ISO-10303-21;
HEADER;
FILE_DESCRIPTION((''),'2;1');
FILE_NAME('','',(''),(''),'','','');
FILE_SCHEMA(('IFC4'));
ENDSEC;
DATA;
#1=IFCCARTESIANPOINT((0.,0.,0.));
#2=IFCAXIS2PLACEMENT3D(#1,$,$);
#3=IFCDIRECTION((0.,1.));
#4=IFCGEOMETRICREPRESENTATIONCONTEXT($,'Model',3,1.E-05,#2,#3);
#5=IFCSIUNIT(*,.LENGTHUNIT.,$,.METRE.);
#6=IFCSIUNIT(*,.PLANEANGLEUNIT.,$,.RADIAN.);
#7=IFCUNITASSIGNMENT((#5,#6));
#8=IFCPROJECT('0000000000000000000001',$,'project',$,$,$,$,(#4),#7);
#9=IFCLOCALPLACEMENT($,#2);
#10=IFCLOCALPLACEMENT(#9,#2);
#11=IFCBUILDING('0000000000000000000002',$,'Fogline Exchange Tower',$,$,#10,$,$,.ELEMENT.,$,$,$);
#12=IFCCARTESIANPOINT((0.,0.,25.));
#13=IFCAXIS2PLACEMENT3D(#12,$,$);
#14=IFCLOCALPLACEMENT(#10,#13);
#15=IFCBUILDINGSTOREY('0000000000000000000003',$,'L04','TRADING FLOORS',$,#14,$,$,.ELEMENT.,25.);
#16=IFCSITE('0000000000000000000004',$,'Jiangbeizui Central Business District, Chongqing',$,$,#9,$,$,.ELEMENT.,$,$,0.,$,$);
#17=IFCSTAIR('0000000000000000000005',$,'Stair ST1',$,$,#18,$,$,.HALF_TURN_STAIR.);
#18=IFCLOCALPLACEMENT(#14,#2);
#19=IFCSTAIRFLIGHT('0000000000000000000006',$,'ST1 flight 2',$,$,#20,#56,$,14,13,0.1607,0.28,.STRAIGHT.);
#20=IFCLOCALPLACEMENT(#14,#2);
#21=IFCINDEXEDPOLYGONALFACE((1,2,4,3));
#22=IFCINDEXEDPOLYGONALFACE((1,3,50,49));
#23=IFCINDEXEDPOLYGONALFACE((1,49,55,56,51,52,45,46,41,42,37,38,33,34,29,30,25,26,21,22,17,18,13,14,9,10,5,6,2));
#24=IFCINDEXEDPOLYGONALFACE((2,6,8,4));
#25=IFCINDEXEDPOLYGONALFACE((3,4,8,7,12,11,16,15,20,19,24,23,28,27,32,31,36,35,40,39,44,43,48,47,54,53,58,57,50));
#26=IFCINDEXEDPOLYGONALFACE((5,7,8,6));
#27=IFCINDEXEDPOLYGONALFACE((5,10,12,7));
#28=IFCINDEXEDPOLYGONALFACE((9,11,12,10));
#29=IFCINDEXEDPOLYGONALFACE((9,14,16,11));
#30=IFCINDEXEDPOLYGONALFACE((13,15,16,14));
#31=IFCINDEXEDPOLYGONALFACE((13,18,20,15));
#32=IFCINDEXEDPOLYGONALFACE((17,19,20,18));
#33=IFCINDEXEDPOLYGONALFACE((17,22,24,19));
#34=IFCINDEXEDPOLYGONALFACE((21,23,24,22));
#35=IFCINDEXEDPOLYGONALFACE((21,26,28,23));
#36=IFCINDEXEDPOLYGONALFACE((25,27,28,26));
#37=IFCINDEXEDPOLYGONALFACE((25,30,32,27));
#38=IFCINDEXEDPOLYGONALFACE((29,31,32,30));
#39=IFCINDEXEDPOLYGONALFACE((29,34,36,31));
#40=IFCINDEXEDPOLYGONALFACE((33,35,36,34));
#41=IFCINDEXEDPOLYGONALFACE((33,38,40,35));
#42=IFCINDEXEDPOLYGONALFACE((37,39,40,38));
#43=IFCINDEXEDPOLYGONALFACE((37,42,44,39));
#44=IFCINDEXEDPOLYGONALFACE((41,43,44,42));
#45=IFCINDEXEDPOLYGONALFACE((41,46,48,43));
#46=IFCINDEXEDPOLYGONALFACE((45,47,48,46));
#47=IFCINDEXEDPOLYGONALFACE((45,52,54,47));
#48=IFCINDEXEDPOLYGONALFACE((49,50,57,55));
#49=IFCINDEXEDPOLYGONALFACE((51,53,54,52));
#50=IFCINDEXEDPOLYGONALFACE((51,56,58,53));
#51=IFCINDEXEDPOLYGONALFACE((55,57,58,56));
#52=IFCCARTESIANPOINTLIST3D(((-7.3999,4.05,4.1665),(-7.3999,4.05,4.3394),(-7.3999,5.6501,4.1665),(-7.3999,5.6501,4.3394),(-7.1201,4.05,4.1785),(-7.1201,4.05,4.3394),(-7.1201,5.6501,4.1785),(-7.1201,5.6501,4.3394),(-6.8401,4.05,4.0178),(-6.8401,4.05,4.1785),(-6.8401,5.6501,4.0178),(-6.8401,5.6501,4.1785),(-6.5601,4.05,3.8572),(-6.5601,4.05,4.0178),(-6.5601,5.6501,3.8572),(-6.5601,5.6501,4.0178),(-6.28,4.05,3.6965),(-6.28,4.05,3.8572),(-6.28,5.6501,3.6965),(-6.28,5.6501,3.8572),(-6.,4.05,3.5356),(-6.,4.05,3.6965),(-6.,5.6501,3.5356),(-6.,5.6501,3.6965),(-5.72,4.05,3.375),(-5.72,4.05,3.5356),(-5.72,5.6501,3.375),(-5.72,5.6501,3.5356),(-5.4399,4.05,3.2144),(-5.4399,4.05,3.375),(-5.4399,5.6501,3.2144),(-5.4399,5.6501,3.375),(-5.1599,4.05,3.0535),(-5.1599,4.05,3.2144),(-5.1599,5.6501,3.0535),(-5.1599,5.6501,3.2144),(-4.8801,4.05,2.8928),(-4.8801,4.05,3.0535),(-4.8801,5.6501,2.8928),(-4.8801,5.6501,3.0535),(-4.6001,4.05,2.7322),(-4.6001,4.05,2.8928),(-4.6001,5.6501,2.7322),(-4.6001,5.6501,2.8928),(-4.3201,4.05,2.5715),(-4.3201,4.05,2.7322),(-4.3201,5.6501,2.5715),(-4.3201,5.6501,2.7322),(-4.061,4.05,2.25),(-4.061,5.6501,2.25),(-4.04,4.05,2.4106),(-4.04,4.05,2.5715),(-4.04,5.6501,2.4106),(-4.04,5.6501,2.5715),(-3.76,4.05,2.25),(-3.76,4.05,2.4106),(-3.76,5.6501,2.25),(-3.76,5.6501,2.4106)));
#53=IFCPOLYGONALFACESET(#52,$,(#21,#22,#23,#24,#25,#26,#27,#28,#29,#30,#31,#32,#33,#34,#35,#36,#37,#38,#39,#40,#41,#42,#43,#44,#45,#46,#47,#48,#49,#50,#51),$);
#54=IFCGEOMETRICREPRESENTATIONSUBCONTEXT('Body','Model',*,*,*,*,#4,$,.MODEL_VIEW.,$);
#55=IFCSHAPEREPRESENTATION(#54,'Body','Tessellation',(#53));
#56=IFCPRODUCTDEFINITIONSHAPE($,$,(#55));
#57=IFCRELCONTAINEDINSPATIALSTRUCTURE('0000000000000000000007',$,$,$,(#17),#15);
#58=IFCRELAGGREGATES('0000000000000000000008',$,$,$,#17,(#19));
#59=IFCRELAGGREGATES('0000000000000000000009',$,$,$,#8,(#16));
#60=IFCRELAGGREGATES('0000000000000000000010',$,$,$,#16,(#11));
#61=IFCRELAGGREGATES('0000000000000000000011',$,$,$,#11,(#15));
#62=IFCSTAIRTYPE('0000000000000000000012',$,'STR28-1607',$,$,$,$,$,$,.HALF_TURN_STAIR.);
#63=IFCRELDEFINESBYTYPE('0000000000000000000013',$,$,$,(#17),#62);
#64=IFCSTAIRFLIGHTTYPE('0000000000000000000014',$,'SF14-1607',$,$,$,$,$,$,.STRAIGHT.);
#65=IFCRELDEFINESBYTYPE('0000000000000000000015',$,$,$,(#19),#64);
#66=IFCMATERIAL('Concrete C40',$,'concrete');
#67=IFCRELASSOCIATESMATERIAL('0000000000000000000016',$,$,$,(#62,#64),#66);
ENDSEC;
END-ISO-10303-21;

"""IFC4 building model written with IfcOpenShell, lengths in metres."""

from ifc_helpers import new_model, si_unit, direction, frame, origin, place, context, subcontext, project, spatial, polyline, outline, extrude, material, type_object, element, aggregate, save


model = new_model("IFC4")

# Units and contexts
model_context = context("Model", 3, precision=1e-05, world=origin(), true_north=direction((0.0, 1.0)))
body_context = subcontext(model_context, "Body", "Model", "MODEL_VIEW")
ifc_project = project(units=[si_unit("LENGTHUNIT", "METRE"), si_unit("PLANEANGLEUNIT", "RADIAN")], contexts=[model_context])

# Site, building, storey
site_placement = place(None, origin())
site = spatial("IfcSite", under=ifc_project, at=site_placement, Name="Jiangbeizui Central Business District, Chongqing", CompositionType="ELEMENT", RefElevation=0.0)
building_placement = place(site_placement, origin())
building = spatial("IfcBuilding", under=site, at=building_placement, Name="Fogline Exchange Tower", CompositionType="ELEMENT")
storey_placement = place(building_placement, frame((0.0, 0.0, 25.0)))
storey = spatial("IfcBuildingStorey", under=building, at=storey_placement, Name="L04", Description="TRADING FLOORS", CompositionType="ELEMENT", Elevation=25.0)

# Shared definitions
ifc_material_1 = material(Name="Concrete C40", Category="concrete")

# Stair, stair flight
stair_type = type_object("IfcStairType", Name="STR28-1607", PredefinedType="HALF_TURN_STAIR", material=ifc_material_1)
stair_placement = place(storey_placement, origin())
stair = element("IfcStair", 1, at=stair_placement, inside=storey, type_object=stair_type, Name="Stair ST1", PredefinedType="HALF_TURN_STAIR")
stair_flight_type = type_object("IfcStairFlightType", Name="SF14-1607", PredefinedType="STRAIGHT", material=ifc_material_1)
stair_flight_1_placement = place(storey_placement, frame((-3.76, 4.8501, 2.25), z_axis=(0.0, 0.0, 1.0), x_axis=(-1.0, 0.0, 0.0)))
stair_flight_1 = element("IfcStairFlight", 2, at=stair_flight_1_placement, type_object=stair_flight_type, Name="ST1 flight 2", NumberOfRisers=14, NumberOfTreads=13, PredefinedType="STRAIGHT", RiserHeight=0.1607, TreadLength=0.28, context=body_context, shape_type="SweptSolid", body=[
    extrude(outline(polyline([(0.0, 0.0), (0.0, 0.1606), (0.28, 0.1606), (0.28, 0.3215), (0.5601, 0.3215), (0.5601, 0.4822), (0.8401, 0.4822), (0.8401, 0.6428), (1.1201, 0.6428), (1.1201, 0.8035), (1.3999, 0.8035), (1.3999, 0.9644), (1.6799, 0.9644), (1.6799, 1.125), (1.96, 1.125), (1.96, 1.2856), (2.24, 1.2856), (2.24, 1.4465), (2.52, 1.4465), (2.52, 1.6072), (2.8, 1.6072), (2.8, 1.7678), (3.0801, 1.7678), (3.0801, 1.9285), (3.3601, 1.9285), (3.3601, 2.0894), (3.6399, 2.0894), (3.6399, 2.25), (3.6399, 1.9165), (0.301, 0.0), (0.0, 0.0)])), frame((0.0, 0.8, 0.0), z_axis=(0.0, -1.0, 0.0), x_axis=(1.0, 0.0, 0.0)), (0.0, 0.0, 1.0), 1.6001),
])
aggregate(stair, [stair_flight_1])

save(model, "model.ifc")
